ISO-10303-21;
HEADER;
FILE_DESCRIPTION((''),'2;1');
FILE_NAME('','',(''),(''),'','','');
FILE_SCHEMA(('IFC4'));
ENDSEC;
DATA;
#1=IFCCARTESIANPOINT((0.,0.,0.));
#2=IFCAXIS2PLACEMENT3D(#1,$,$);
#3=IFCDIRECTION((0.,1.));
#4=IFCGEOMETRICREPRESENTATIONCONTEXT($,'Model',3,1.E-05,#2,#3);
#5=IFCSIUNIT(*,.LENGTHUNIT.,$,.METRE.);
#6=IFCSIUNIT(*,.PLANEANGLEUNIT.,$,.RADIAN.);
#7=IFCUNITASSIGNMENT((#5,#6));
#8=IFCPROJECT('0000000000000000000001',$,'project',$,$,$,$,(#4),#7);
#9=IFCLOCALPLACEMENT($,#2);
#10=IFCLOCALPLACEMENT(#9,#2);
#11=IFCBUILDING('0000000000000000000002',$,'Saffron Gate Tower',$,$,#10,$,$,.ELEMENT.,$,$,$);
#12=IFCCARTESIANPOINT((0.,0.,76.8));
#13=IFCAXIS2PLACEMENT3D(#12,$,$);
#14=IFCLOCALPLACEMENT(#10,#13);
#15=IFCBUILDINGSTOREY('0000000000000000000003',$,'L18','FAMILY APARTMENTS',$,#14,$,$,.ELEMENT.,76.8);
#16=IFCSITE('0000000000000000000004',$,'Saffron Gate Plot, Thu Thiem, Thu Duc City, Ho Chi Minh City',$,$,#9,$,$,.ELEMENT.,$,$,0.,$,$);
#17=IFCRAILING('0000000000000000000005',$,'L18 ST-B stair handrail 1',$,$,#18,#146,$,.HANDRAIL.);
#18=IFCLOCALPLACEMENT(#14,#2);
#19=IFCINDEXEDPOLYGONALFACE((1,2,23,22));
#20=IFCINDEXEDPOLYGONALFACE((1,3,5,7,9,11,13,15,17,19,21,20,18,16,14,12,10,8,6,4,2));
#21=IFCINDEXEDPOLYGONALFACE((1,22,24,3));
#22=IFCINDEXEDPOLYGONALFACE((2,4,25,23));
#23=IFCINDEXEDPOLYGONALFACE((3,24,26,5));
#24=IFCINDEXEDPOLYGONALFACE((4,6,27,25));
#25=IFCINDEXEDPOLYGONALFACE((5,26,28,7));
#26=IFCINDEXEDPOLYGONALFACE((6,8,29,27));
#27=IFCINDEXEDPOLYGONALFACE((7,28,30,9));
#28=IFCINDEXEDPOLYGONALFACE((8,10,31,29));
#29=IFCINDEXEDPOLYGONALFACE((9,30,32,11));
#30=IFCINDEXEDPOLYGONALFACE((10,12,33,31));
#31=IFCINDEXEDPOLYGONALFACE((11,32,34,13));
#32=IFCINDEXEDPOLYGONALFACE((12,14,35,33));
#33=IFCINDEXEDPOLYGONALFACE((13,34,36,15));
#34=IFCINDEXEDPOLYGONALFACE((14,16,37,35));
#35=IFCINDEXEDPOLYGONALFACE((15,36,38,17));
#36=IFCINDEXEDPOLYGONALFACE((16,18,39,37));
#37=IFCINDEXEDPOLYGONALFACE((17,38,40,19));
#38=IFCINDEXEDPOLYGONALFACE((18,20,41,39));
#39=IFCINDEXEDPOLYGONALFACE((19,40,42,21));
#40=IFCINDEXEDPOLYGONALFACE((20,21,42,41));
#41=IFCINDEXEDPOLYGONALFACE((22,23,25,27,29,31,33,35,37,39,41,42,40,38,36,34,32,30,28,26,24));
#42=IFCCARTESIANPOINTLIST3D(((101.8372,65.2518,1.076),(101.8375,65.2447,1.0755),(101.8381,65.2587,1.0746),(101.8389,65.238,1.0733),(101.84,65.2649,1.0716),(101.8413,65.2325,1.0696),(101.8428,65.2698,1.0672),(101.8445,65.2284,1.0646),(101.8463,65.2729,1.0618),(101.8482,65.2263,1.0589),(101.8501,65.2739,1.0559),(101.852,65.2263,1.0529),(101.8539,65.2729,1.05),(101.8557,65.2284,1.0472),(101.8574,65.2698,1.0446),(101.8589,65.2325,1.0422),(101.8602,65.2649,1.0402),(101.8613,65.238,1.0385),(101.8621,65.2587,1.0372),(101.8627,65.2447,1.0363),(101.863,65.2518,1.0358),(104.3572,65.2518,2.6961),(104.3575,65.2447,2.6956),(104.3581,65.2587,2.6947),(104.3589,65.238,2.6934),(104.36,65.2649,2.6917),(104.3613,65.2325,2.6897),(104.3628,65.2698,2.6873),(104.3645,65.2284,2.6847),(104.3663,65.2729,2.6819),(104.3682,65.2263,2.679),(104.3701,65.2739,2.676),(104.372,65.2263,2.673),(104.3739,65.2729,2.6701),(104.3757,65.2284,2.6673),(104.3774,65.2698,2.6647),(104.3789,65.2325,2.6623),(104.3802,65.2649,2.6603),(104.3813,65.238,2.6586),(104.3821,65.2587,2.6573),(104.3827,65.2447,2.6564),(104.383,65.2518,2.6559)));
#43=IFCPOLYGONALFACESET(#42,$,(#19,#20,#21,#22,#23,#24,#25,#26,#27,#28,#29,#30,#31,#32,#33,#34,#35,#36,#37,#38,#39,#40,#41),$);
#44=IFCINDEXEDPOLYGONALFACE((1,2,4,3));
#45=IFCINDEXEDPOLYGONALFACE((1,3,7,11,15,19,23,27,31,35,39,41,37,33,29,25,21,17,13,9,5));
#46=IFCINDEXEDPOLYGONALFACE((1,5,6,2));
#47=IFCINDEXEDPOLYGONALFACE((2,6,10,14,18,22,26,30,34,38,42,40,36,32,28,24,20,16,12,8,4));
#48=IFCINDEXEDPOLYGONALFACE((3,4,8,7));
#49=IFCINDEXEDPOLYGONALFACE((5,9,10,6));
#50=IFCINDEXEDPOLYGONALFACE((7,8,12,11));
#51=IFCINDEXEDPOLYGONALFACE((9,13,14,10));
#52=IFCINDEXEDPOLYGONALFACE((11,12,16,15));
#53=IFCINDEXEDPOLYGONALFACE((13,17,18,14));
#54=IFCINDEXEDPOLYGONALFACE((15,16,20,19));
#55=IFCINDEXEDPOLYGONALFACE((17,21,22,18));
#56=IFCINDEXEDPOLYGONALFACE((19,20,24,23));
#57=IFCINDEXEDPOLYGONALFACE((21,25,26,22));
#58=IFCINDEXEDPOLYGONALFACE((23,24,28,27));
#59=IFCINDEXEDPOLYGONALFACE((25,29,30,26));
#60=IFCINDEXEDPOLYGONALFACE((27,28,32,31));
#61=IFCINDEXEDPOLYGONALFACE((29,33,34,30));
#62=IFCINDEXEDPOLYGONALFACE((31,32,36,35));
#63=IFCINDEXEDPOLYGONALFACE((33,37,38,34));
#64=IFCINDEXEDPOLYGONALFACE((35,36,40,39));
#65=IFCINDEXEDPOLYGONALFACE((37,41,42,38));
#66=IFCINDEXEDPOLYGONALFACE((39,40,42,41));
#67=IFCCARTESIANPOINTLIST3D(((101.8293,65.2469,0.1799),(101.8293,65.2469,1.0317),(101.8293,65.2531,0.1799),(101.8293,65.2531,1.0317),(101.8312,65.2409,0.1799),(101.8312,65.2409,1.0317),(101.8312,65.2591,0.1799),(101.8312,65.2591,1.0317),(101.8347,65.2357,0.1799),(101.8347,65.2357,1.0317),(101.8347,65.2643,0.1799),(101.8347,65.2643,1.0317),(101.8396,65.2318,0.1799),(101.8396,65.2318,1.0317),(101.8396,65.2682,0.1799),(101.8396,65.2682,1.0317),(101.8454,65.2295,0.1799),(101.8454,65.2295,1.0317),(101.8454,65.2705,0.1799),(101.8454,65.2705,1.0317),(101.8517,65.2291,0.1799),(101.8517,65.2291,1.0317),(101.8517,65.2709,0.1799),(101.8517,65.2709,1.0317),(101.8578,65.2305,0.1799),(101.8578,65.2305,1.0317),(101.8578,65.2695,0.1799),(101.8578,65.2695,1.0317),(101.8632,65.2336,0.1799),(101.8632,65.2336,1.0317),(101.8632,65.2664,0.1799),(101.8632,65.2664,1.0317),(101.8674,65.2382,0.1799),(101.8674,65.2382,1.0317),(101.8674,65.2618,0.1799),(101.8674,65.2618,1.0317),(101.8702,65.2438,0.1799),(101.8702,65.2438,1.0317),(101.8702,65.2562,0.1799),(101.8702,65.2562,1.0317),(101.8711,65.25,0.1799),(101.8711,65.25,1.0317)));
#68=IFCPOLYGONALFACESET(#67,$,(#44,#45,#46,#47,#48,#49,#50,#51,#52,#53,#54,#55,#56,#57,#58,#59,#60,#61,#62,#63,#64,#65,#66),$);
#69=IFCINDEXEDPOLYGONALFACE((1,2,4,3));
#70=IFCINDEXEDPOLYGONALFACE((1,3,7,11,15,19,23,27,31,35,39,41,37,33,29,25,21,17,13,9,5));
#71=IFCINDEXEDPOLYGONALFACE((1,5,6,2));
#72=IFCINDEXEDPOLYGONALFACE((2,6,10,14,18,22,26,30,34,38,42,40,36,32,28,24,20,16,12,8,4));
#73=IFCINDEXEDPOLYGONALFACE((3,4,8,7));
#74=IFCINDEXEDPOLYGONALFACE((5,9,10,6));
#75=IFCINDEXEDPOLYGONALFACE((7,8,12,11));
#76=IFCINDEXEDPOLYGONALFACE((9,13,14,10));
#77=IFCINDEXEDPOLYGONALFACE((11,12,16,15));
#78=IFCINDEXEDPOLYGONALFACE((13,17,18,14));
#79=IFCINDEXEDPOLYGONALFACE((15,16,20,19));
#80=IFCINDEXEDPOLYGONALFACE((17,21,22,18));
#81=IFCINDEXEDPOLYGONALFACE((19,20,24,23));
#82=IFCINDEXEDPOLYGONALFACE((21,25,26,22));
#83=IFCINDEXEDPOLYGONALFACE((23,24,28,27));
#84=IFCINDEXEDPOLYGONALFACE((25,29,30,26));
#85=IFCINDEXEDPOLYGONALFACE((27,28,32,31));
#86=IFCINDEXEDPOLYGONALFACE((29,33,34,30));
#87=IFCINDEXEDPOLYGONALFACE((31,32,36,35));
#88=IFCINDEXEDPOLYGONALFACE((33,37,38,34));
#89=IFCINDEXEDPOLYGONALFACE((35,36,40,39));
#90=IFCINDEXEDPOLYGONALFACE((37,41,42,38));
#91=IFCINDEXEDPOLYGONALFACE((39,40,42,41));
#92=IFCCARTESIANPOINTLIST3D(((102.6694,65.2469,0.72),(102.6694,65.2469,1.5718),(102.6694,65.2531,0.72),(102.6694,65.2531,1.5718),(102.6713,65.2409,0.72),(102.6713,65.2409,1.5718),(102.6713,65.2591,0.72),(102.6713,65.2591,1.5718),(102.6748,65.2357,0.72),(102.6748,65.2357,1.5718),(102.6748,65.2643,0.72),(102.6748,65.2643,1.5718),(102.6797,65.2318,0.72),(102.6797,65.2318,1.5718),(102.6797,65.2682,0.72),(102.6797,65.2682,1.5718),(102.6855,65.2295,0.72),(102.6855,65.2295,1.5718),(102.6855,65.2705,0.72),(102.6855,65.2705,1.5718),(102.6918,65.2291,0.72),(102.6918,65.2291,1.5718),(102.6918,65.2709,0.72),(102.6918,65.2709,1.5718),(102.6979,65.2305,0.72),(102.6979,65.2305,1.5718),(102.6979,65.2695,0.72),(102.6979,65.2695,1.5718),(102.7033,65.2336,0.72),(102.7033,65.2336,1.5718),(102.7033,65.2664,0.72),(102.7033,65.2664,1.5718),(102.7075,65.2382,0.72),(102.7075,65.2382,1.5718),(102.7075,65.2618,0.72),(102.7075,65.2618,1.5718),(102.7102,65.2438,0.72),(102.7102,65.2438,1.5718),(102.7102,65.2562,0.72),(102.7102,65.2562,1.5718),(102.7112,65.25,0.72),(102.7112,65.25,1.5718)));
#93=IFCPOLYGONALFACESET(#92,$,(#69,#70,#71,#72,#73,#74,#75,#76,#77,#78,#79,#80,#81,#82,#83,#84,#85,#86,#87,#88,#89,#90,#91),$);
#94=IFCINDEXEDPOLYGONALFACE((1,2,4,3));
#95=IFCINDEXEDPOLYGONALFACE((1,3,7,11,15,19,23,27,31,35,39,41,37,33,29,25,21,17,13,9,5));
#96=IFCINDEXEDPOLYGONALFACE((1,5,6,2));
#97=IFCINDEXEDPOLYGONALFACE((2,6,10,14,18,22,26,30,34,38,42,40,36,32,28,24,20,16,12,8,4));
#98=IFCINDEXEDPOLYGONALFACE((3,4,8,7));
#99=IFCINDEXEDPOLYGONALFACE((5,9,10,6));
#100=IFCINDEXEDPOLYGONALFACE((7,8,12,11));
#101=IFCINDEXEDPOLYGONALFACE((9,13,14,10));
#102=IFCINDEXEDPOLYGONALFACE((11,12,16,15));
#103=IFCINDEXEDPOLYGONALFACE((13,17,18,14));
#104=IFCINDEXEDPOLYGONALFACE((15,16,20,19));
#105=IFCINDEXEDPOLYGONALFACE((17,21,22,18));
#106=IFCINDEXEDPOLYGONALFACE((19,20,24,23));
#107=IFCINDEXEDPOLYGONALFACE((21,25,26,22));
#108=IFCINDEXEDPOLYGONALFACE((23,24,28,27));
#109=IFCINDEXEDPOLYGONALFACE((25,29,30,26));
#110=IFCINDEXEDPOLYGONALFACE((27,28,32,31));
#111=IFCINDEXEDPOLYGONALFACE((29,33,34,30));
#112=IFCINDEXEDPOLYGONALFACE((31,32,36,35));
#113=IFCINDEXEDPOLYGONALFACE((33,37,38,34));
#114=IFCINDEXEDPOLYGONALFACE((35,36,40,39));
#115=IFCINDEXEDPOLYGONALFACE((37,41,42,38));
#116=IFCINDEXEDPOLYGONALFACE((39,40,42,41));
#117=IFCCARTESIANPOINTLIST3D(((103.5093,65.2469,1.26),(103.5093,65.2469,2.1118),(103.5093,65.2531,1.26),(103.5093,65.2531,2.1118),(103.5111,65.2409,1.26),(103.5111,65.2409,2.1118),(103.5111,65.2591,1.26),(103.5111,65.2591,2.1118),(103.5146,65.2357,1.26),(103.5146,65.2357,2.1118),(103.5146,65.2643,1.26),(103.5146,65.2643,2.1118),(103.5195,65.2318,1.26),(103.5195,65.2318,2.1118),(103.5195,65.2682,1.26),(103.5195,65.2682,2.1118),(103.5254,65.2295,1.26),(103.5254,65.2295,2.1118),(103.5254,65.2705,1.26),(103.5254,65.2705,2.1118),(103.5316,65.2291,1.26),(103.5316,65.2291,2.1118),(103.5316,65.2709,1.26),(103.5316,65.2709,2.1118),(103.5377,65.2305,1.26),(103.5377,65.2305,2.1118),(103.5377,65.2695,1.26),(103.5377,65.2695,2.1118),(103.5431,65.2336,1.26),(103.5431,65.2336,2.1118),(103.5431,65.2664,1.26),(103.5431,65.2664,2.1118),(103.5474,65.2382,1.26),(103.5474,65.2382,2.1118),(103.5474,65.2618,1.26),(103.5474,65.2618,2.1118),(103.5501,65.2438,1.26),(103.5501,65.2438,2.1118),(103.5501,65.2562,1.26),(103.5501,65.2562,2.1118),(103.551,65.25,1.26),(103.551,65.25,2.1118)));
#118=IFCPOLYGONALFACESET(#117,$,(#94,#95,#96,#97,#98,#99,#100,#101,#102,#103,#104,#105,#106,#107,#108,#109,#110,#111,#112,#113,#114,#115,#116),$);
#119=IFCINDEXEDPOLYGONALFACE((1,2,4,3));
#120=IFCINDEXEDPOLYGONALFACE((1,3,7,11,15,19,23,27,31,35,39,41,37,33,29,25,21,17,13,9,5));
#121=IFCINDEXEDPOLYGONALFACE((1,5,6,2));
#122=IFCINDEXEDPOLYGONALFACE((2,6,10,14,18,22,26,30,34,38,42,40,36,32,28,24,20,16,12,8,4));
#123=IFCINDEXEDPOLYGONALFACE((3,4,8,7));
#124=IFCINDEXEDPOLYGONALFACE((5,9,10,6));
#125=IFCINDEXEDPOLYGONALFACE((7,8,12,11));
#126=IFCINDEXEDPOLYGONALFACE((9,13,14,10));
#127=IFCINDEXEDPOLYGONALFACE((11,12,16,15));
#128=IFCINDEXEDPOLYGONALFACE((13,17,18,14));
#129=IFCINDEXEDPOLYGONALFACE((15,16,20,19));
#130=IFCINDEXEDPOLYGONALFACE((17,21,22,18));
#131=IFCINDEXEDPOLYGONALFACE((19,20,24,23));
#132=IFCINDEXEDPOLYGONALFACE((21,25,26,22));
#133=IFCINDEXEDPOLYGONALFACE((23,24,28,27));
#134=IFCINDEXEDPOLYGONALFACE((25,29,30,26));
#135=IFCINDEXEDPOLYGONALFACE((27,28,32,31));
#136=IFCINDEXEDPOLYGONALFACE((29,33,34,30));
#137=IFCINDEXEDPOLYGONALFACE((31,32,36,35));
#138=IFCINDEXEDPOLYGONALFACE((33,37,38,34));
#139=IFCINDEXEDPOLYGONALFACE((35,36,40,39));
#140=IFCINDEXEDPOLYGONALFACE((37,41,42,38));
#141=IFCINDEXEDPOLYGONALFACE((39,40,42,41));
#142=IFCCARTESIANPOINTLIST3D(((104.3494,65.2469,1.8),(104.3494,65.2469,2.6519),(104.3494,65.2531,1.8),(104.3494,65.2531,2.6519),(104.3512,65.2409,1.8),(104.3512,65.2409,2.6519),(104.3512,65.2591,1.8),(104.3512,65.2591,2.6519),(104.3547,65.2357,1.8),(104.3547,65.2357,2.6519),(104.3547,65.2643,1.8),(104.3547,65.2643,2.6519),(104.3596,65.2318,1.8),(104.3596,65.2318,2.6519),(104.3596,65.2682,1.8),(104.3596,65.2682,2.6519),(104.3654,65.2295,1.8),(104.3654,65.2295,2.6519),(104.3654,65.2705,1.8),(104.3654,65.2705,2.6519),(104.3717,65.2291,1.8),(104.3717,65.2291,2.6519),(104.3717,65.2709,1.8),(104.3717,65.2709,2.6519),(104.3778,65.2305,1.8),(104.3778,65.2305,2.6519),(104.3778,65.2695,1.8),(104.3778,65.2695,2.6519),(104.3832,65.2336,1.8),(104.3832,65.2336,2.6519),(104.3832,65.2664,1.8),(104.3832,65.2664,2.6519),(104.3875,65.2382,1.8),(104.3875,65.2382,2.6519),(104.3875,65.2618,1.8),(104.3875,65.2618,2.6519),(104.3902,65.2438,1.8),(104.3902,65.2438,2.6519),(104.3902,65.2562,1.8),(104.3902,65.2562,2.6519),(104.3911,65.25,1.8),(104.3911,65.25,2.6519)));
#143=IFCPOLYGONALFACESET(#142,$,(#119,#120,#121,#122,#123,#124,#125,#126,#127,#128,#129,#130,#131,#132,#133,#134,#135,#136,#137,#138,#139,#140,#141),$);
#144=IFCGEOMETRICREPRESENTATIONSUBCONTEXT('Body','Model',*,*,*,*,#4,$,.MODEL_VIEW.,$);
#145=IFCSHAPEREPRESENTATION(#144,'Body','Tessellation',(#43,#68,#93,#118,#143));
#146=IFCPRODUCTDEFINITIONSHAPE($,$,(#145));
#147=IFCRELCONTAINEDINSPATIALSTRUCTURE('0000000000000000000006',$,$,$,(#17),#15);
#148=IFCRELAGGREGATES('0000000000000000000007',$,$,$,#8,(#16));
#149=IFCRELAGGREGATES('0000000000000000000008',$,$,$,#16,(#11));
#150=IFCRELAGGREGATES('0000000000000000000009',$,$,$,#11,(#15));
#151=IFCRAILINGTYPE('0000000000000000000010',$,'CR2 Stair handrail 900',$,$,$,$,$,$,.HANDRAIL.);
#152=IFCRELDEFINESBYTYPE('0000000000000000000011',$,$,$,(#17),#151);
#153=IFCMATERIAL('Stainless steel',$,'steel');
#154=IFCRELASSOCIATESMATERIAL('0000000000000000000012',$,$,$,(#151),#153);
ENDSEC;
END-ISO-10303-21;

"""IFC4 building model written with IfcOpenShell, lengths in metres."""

from ifc_helpers import new_model, si_unit, direction, frame, origin, origin_2d, place, context, subcontext, project, spatial, circle, extrude, material, type_object, element, save


model = new_model("IFC4")

# Units and contexts
model_context = context("Model", 3, precision=1e-05, world=origin(), true_north=direction((0.0, 1.0)))
body_context = subcontext(model_context, "Body", "Model", "MODEL_VIEW")
ifc_project = project(units=[si_unit("LENGTHUNIT", "METRE"), si_unit("PLANEANGLEUNIT", "RADIAN")], contexts=[model_context])

# Site, building, storey
site_placement = place(None, origin())
site = spatial("IfcSite", under=ifc_project, at=site_placement, Name="Saffron Gate Plot, Thu Thiem, Thu Duc City, Ho Chi Minh City", CompositionType="ELEMENT", RefElevation=0.0)
building_placement = place(site_placement, origin())
building = spatial("IfcBuilding", under=site, at=building_placement, Name="Saffron Gate Tower", CompositionType="ELEMENT")
storey_placement = place(building_placement, frame((0.0, 0.0, 76.8)))
storey = spatial("IfcBuildingStorey", under=building, at=storey_placement, Name="L18", Description="FAMILY APARTMENTS", CompositionType="ELEMENT", Elevation=76.8)

# Railing
ifc_material_1 = material(Name="Stainless steel", Category="steel")
railing_type_1 = type_object("IfcRailingType", Name="CR2 Stair handrail 900", PredefinedType="HANDRAIL", material=ifc_material_1)
railing_1_placement = place(storey_placement, frame((101.8501, 65.25, 0.1799)))
element("IfcRailing", 1, at=railing_1_placement, inside=storey, type_object=railing_type_1, Name="L18 ST-B stair handrail 1", PredefinedType="HANDRAIL", context=body_context, shape_type="SweptSolid", body=[
    extrude(circle(Radius=0.0239, at=origin_2d()), frame((0.0, 0.0, 0.876), z_axis=(0.841163, 0.0, 0.540782), x_axis=(0.0, 1.0, 0.0)), (0.0, 0.0, 1.0), 2.9958),
    extrude(circle(Radius=0.021, at=origin_2d()), origin(), (0.0, 0.0, 1.0), 0.8518),
    extrude(circle(Radius=0.021, at=origin_2d()), frame((0.8401, 0.0, 0.54)), (0.0, 0.0, 1.0), 0.8518),
    extrude(circle(Radius=0.021, at=origin_2d()), frame((1.6799, 0.0, 1.0801)), (0.0, 0.0, 1.0), 0.8518),
    extrude(circle(Radius=0.021, at=origin_2d()), frame((2.52, 0.0, 1.6201)), (0.0, 0.0, 1.0), 0.8518),
])

save(model, "model.ifc")
